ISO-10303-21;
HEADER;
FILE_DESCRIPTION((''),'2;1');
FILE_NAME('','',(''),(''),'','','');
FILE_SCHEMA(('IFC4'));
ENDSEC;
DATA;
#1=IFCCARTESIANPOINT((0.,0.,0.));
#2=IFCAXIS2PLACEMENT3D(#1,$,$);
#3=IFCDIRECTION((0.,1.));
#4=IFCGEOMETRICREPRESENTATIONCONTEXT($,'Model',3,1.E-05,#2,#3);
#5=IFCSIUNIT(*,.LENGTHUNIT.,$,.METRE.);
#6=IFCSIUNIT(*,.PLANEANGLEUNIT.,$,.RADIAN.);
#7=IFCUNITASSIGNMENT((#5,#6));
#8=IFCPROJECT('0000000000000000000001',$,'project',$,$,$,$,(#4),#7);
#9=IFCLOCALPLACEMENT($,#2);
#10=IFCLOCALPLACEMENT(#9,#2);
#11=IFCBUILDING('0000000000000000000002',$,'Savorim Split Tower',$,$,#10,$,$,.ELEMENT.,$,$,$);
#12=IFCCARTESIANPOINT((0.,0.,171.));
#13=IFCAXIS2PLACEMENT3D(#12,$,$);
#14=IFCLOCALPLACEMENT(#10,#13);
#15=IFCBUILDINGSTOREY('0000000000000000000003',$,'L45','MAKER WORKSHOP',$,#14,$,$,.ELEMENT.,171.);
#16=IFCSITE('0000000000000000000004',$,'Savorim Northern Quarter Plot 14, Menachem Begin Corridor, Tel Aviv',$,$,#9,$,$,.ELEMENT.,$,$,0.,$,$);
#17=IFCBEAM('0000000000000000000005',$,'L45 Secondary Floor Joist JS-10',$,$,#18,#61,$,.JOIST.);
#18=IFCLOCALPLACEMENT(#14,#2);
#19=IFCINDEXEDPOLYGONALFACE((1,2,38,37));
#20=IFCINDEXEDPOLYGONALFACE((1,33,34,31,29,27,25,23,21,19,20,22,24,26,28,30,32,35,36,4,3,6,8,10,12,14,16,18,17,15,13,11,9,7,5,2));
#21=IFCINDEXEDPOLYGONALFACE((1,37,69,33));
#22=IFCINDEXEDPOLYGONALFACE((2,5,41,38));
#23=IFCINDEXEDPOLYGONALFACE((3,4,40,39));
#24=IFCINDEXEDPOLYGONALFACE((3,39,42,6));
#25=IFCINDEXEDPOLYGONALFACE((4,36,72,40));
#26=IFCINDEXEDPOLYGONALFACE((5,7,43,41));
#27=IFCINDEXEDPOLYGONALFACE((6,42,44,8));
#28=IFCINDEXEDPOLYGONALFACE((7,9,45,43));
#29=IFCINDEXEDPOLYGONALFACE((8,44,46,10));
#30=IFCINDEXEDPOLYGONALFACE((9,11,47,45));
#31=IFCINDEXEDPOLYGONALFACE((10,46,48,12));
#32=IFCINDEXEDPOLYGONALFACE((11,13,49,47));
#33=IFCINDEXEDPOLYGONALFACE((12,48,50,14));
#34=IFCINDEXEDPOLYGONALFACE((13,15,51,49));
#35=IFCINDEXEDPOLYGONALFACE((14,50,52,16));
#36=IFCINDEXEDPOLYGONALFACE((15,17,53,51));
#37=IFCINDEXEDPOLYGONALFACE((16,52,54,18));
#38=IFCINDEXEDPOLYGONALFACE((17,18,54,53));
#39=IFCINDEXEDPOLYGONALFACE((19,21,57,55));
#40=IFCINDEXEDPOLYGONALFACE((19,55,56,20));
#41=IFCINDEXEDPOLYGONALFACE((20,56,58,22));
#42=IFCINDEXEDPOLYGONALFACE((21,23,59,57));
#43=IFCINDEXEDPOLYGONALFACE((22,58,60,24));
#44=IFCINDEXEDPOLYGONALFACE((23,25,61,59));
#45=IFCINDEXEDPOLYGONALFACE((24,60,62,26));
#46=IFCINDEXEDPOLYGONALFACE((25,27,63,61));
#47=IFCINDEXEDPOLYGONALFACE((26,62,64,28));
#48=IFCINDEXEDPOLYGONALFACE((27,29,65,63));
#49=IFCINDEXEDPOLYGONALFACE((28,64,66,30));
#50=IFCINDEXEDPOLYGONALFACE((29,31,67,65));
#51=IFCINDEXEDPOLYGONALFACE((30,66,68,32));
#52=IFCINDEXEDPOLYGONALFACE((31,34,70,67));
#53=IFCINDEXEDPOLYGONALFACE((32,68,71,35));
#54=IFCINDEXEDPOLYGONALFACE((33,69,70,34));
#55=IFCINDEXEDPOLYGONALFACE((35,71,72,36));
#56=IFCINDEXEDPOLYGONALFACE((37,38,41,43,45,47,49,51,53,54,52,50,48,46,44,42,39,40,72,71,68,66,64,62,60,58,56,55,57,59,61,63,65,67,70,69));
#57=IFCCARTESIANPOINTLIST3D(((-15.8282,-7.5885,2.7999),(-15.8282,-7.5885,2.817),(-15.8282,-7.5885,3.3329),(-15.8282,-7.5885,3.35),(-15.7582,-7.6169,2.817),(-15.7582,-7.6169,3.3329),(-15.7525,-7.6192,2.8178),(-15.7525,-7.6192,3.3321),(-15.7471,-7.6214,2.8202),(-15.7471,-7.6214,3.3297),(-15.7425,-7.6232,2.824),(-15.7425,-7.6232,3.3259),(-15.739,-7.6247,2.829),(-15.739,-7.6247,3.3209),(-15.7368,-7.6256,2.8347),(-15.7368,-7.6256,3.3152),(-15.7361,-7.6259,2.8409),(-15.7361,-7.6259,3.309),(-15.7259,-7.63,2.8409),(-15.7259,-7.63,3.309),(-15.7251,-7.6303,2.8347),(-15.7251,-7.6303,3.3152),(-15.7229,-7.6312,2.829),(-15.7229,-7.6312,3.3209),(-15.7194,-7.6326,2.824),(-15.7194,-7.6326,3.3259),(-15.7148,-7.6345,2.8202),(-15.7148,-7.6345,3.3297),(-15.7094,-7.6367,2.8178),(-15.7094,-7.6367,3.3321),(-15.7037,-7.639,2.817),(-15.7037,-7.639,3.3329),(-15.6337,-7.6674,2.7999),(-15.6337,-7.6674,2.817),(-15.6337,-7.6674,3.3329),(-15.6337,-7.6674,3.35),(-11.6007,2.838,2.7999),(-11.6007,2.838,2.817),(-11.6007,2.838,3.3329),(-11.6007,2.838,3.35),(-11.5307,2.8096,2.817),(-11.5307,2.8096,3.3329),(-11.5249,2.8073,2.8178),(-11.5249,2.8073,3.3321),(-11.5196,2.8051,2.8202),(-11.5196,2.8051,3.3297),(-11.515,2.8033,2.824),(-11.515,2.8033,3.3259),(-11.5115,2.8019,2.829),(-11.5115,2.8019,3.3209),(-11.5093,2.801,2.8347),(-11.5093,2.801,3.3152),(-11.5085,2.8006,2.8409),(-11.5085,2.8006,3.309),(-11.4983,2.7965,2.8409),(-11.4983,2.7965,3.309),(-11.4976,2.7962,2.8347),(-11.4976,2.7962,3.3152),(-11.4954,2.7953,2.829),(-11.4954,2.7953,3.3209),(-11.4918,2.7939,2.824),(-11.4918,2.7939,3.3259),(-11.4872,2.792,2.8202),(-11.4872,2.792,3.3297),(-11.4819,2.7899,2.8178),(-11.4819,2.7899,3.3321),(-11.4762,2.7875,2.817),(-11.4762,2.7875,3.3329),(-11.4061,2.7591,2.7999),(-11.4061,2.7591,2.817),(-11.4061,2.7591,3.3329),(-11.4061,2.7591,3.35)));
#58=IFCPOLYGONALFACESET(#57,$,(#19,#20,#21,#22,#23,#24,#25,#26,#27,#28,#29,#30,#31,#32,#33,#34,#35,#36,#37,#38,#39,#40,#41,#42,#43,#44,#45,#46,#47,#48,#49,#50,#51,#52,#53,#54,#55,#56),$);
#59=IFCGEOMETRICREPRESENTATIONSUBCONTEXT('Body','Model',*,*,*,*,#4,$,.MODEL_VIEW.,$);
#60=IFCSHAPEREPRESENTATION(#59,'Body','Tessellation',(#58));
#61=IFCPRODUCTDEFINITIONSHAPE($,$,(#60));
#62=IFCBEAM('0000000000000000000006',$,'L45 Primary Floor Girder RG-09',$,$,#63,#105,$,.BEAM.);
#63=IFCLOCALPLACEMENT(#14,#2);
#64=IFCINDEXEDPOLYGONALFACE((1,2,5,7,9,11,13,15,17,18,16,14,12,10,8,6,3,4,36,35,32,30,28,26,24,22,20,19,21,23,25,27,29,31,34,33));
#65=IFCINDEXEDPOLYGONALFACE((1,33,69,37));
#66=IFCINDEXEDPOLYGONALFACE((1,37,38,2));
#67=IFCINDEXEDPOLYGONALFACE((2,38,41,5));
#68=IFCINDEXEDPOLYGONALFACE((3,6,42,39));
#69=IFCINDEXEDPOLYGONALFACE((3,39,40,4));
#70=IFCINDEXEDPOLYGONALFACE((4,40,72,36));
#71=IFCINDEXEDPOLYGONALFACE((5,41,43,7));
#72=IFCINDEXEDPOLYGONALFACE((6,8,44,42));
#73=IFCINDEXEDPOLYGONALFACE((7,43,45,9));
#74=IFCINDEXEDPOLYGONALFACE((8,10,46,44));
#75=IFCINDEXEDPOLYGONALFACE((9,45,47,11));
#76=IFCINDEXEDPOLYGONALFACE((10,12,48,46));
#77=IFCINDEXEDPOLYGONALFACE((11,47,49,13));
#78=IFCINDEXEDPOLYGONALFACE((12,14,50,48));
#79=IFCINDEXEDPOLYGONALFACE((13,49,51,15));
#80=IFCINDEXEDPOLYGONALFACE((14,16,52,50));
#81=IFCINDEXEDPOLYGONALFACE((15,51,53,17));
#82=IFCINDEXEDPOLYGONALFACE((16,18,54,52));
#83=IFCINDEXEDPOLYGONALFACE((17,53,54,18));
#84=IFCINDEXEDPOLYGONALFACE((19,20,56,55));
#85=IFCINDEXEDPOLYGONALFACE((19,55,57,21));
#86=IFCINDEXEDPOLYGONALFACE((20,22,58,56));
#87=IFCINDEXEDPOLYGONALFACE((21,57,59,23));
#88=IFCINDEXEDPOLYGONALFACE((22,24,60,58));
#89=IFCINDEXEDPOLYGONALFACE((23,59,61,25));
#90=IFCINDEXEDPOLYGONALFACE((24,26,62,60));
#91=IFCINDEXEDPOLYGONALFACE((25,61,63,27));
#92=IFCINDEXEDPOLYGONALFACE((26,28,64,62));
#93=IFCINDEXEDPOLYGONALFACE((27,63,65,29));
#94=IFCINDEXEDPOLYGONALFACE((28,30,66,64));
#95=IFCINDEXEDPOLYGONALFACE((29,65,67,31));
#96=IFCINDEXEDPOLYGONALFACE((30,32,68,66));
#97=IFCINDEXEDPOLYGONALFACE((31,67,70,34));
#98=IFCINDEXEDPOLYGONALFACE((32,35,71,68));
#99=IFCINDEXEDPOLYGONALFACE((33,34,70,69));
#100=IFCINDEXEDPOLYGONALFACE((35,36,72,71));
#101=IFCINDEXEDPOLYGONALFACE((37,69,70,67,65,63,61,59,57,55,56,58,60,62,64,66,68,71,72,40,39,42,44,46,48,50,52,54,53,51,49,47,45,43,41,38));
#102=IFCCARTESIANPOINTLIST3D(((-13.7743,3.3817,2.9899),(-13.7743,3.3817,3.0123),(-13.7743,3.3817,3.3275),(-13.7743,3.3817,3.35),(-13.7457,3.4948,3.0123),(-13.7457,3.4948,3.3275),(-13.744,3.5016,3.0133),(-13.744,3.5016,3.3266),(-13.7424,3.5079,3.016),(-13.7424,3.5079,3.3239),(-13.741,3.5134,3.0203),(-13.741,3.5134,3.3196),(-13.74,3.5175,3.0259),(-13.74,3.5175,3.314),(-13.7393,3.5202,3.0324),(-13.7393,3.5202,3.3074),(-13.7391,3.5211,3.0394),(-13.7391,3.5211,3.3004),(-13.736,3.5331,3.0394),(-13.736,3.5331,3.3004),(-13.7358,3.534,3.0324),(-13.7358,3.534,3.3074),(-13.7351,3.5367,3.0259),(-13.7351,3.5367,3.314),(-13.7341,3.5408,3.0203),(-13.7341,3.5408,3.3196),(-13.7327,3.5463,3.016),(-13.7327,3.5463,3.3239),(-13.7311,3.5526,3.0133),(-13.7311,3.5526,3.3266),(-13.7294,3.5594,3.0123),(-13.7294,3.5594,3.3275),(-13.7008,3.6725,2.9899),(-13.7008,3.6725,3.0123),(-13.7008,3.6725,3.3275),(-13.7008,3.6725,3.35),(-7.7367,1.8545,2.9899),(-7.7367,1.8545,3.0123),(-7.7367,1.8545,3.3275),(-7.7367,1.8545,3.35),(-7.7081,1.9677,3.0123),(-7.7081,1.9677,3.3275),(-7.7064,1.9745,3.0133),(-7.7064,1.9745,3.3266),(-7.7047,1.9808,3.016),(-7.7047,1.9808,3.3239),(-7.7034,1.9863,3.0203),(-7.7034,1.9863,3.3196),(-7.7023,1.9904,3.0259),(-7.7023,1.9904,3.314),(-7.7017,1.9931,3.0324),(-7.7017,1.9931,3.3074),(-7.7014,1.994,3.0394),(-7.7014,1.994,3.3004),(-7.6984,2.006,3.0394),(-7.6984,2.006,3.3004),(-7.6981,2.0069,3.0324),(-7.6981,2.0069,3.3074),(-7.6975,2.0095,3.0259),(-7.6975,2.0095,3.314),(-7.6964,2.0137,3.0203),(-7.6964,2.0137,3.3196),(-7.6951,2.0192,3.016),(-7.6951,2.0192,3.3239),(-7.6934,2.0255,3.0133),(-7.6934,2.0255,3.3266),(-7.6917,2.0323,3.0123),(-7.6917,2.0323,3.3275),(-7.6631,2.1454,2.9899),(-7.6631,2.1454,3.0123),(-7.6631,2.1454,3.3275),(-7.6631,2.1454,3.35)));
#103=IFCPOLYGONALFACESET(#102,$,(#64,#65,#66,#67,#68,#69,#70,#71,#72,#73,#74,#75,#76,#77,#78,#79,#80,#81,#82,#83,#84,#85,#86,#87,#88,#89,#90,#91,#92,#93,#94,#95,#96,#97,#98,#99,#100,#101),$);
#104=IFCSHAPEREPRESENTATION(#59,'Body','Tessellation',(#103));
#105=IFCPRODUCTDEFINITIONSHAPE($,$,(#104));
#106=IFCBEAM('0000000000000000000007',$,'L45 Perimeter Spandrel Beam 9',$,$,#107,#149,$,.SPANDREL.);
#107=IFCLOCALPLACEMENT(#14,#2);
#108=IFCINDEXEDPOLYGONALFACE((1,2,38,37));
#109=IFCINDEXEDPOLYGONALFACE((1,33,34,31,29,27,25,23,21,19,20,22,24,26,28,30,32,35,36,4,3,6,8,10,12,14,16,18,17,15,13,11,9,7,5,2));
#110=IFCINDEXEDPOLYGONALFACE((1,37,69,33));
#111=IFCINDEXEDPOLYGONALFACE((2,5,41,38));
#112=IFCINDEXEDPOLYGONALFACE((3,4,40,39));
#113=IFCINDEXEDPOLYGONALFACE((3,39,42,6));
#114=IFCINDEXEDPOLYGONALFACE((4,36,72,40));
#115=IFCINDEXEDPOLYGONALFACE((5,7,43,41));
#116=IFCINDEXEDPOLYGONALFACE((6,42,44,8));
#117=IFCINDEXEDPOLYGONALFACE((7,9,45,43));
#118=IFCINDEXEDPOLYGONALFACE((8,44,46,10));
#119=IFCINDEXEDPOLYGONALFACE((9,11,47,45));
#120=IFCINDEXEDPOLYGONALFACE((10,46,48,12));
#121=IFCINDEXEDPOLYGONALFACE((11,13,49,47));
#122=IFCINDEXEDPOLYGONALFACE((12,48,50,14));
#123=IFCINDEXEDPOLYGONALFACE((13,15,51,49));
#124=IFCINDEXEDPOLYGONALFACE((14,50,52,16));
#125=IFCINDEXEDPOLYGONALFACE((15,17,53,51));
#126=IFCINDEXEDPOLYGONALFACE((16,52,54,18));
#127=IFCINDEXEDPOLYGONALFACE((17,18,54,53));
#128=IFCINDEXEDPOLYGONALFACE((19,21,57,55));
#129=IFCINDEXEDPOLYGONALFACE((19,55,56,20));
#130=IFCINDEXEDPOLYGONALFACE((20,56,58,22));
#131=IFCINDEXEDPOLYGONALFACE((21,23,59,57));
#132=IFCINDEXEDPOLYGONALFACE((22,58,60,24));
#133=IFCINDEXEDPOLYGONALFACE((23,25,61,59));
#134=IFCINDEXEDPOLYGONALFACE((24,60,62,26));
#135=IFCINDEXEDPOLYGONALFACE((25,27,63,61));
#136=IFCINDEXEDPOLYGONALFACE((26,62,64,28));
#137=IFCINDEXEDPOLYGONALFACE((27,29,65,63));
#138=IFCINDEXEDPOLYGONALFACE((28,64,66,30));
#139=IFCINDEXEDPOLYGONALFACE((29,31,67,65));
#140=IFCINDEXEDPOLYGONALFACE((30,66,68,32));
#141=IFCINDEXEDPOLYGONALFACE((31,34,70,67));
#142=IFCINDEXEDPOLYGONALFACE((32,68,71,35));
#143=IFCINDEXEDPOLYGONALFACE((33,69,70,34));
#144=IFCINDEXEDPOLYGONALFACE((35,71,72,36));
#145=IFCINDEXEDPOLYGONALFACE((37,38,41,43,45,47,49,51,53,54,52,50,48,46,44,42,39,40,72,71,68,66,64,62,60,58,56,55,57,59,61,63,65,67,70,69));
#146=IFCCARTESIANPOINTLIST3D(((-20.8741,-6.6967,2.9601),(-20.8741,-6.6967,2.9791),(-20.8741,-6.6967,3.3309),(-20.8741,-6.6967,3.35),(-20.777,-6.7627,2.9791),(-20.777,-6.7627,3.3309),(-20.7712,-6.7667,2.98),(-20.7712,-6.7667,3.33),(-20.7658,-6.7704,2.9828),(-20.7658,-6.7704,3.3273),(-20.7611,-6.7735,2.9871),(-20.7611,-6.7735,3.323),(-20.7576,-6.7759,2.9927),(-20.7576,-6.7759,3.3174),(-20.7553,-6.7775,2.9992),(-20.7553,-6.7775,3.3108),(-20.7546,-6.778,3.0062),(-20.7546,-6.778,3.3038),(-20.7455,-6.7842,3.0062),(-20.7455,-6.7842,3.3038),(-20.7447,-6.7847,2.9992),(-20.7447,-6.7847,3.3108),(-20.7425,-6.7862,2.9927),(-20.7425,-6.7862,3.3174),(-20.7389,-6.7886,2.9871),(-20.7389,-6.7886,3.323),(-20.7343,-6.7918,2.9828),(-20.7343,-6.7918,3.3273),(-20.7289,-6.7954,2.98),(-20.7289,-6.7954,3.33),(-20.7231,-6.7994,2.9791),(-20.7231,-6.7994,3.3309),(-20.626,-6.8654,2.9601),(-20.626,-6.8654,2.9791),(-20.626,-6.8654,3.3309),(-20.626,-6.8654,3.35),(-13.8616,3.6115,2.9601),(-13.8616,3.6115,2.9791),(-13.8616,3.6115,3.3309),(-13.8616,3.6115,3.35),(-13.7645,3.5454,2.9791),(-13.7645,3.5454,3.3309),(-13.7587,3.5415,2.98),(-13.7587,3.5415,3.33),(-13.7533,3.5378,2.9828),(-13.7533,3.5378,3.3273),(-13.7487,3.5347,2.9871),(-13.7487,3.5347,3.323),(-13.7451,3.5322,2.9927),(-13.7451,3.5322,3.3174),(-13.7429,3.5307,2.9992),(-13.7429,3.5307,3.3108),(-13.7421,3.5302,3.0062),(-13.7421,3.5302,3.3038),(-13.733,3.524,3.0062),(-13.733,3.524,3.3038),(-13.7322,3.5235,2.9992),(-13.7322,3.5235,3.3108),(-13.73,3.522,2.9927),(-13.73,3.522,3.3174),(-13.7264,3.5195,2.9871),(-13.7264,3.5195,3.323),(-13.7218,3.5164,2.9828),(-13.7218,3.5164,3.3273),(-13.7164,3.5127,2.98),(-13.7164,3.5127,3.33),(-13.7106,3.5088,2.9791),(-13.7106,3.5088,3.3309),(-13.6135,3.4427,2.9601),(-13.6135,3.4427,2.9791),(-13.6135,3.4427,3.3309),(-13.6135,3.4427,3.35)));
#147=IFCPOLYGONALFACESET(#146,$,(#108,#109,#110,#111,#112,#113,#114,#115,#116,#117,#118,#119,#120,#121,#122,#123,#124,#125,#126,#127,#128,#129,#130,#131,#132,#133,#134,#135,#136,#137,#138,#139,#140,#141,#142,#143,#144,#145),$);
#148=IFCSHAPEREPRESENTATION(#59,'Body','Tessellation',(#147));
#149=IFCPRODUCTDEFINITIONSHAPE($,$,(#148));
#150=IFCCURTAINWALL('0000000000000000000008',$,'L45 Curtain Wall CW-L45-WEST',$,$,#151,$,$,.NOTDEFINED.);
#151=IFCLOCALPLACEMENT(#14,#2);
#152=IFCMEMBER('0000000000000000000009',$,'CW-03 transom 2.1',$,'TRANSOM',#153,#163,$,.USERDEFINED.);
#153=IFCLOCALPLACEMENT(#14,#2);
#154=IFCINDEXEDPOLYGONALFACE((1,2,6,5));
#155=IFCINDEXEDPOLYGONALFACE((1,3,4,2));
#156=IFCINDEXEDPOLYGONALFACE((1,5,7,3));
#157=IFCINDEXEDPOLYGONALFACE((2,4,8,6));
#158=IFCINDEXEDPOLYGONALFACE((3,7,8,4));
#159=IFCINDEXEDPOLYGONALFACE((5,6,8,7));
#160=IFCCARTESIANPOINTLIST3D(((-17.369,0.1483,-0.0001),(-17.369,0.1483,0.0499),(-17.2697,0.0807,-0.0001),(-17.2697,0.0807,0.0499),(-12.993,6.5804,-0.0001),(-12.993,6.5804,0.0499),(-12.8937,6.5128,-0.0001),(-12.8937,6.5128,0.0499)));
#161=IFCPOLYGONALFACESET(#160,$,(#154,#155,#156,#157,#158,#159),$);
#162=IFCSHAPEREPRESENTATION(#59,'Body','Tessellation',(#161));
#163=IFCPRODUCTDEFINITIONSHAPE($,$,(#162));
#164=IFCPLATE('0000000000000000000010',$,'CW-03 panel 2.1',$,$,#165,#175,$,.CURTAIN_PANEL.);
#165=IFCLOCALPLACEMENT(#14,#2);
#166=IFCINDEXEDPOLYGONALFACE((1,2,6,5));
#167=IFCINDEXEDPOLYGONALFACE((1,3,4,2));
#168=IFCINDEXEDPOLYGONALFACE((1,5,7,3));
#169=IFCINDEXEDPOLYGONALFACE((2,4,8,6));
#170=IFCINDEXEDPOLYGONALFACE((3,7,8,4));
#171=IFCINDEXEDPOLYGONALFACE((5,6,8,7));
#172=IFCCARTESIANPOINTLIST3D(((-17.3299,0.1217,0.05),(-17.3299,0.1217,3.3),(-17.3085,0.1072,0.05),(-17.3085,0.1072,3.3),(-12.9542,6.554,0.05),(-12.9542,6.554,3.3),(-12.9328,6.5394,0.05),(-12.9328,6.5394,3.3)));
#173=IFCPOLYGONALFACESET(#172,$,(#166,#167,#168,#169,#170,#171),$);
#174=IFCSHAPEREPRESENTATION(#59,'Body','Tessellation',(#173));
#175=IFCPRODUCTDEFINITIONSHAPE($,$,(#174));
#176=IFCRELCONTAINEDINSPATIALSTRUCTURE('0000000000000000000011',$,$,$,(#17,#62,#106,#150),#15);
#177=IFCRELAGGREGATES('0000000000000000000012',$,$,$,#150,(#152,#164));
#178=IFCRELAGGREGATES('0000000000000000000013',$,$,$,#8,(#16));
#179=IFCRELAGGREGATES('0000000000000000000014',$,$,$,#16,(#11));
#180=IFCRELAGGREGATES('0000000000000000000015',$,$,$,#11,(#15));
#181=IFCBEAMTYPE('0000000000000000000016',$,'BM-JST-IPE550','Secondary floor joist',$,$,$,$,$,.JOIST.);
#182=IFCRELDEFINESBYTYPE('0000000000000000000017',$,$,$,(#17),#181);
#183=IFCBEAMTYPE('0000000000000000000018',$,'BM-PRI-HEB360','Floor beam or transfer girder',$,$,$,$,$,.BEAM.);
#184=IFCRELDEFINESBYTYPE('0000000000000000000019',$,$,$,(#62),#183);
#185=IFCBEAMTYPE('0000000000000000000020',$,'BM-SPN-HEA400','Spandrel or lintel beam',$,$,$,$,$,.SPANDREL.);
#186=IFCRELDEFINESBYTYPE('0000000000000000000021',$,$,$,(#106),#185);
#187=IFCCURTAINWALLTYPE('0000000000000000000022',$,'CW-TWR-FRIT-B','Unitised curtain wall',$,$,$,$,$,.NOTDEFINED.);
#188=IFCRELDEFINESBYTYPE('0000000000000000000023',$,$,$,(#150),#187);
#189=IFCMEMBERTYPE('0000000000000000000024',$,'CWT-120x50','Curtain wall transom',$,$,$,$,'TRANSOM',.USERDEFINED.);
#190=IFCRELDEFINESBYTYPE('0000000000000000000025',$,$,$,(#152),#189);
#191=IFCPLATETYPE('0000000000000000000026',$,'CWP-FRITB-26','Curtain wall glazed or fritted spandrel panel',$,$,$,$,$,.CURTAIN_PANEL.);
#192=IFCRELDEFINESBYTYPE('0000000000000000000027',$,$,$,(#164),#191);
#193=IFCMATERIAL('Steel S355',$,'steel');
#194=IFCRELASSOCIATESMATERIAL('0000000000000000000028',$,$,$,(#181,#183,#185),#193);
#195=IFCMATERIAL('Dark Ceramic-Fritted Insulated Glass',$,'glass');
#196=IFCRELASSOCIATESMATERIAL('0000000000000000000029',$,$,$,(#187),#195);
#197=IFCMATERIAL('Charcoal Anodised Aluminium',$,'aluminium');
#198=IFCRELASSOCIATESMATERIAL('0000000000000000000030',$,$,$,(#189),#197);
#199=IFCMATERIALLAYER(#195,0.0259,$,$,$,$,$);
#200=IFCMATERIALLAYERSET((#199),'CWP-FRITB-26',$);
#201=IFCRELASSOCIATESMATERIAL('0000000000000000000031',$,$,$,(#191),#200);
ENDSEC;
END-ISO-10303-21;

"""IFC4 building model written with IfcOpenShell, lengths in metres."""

from ifc_helpers import new_model, si_unit, direction, frame, origin, origin_2d, place, context, subcontext, project, spatial, rectangle, i_section, extrude, material, layer, layer_set, material_profile, profile_set, type_object, element, aggregate, save


model = new_model("IFC4")

# Units and contexts
model_context = context("Model", 3, precision=1e-05, world=origin(), true_north=direction((0.0, 1.0)))
body_context = subcontext(model_context, "Body", "Model", "MODEL_VIEW")
ifc_project = project(units=[si_unit("LENGTHUNIT", "METRE"), si_unit("PLANEANGLEUNIT", "RADIAN")], contexts=[model_context])

# Site, building, storey
site_placement = place(None, origin())
site = spatial("IfcSite", under=ifc_project, at=site_placement, Name="Savorim Northern Quarter Plot 14, Menachem Begin Corridor, Tel Aviv", CompositionType="ELEMENT", RefElevation=0.0)
building_placement = place(site_placement, origin())
building = spatial("IfcBuilding", under=site, at=building_placement, Name="Savorim Split Tower", CompositionType="ELEMENT")
storey_placement = place(building_placement, frame((0.0, 0.0, 171.0)))
storey = spatial("IfcBuildingStorey", under=building, at=storey_placement, Name="L45", Description="MAKER WORKSHOP", CompositionType="ELEMENT", Elevation=171.0)

# Beams
ifc_material_1 = material(Name="Steel S355", Category="steel")
ifc_material_profile_1 = material_profile(ifc_material_1, i_section(OverallWidth=0.21, OverallDepth=0.55, WebThickness=0.011, FlangeThickness=0.0171, FilletRadius=0.0239, at=origin_2d()), Name="IPE 550")
ifc_profile_set_1 = profile_set([ifc_material_profile_1], Name="Steel S355")
beam_type_1 = type_object("IfcBeamType", Name="BM-JST-IPE550", Description="Secondary floor joist", PredefinedType="JOIST", material=ifc_profile_set_1)
beam_1_placement = place(storey_placement, frame((-11.5034, 2.7986, 3.075), z_axis=(-0.375749, -0.926722, 0.0), x_axis=(0.926722, -0.375749, 0.0)))
element("IfcBeam", 1, at=beam_1_placement, inside=storey, type_object=beam_type_1, Name="L45 Secondary Floor Joist JS-10", PredefinedType="JOIST", context=body_context, shape_type="SweptSolid", body=[
    extrude(i_section(OverallWidth=0.21, OverallDepth=0.55, WebThickness=0.011, FlangeThickness=0.0171, FilletRadius=0.0239, at=origin_2d()), origin(), (0.0, 0.0, 1.0), 11.251),
])
ifc_material_profile_2 = material_profile(ifc_material_1, i_section(OverallWidth=0.3, OverallDepth=0.3601, WebThickness=0.0125, FlangeThickness=0.0225, FilletRadius=0.0271, at=origin_2d()), Name="HEB 360")
ifc_profile_set_2 = profile_set([ifc_material_profile_2], Name="Steel S355")
beam_type_2 = type_object("IfcBeamType", Name="BM-PRI-HEB360", Description="Floor beam or transfer girder", PredefinedType="BEAM", material=ifc_profile_set_2)
beam_2_placement = place(storey_placement, frame((-13.7375, 3.5271, 3.1699), z_axis=(0.96947, -0.24521, 0.0), x_axis=(0.24521, 0.96947, 0.0)))
element("IfcBeam", 2, at=beam_2_placement, inside=storey, type_object=beam_type_2, Name="L45 Primary Floor Girder RG-09", PredefinedType="BEAM", context=body_context, shape_type="SweptSolid", body=[
    extrude(i_section(OverallWidth=0.3, OverallDepth=0.3601, WebThickness=0.0125, FlangeThickness=0.0225, FilletRadius=0.0271, at=origin_2d()), origin(), (0.0, 0.0, 1.0), 6.2278),
])
ifc_material_profile_3 = material_profile(ifc_material_1, i_section(OverallWidth=0.3, OverallDepth=0.3899, WebThickness=0.011, FlangeThickness=0.019, FilletRadius=0.0271, at=origin_2d()), Name="HEA 400")
ifc_profile_set_3 = profile_set([ifc_material_profile_3], Name="Steel S355")
beam_type_3 = type_object("IfcBeamType", Name="BM-SPN-HEA400", Description="Spandrel or lintel beam", PredefinedType="SPANDREL", material=ifc_profile_set_3)
beam_3_placement = place(storey_placement, frame((-13.7375, 3.5271, 3.155), z_axis=(-0.562471, -0.826817, 0.0), x_axis=(0.826817, -0.562471, 0.0)))
element("IfcBeam", 3, at=beam_3_placement, inside=storey, type_object=beam_type_3, Name="L45 Perimeter Spandrel Beam 9", PredefinedType="SPANDREL", context=body_context, shape_type="SweptSolid", body=[
    extrude(i_section(OverallWidth=0.3, OverallDepth=0.3899, WebThickness=0.011, FlangeThickness=0.019, FilletRadius=0.0271, at=origin_2d()), origin(), (0.0, 0.0, 1.0), 12.4673),
])

# Curtain wall, member, plate
ifc_material_2 = material(Name="Dark Ceramic-Fritted Insulated Glass", Category="glass")
curtain_wall_type = type_object("IfcCurtainWallType", Name="CW-TWR-FRIT-B", Description="Unitised curtain wall", PredefinedType="NOTDEFINED", material=ifc_material_2)
curtain_wall_placement = place(storey_placement, origin())
curtain_wall = element("IfcCurtainWall", 4, at=curtain_wall_placement, inside=storey, type_object=curtain_wall_type, Name="L45 Curtain Wall CW-L45-WEST", PredefinedType="NOTDEFINED")
ifc_material_3 = material(Name="Charcoal Anodised Aluminium", Category="aluminium")
ifc_material_profile_4 = material_profile(ifc_material_3, rectangle(XDim=0.1201, YDim=0.05, at=origin_2d()), Name="ALU-T 120x50")
ifc_profile_set_4 = profile_set([ifc_material_profile_4], Name="Charcoal Anodised Aluminium")
member_type = type_object("IfcMemberType", Name="CWT-120x50", Description="Curtain wall transom", ElementType="TRANSOM", PredefinedType="USERDEFINED", material=ifc_profile_set_4)
member_placement = place(storey_placement, frame((-12.9434, 6.5466, 0.0249), z_axis=(-0.562497, -0.826799, 0.0), x_axis=(0.826799, -0.562497, 0.0)))
member = element("IfcMember", 5, at=member_placement, type_object=member_type, Name="CW-03 transom 2.1", ObjectType="TRANSOM", PredefinedType="USERDEFINED", context=body_context, shape_type="SweptSolid", body=[
    extrude(rectangle(XDim=0.1201, YDim=0.05, at=origin_2d()), origin(), (0.0, 0.0, 1.0), 7.7795),
])
ifc_layer_1 = layer(ifc_material_2, 0.0259)
ifc_layer_set_1 = layer_set([ifc_layer_1], Name="CWP-FRITB-26")
plate_type = type_object("IfcPlateType", Name="CWP-FRITB-26", Description="Curtain wall glazed or fritted spandrel panel", PredefinedType="CURTAIN_PANEL", material=ifc_layer_set_1)
plate_placement = place(storey_placement, frame((-15.1313, 3.3306, 0.05), z_axis=(0.0, 0.0, 1.0), x_axis=(-0.562468, -0.826819, 0.0)))
plate = element("IfcPlate", 6, at=plate_placement, type_object=plate_type, Name="CW-03 panel 2.1", PredefinedType="CURTAIN_PANEL", context=body_context, shape_type="SweptSolid", body=[
    extrude(rectangle(XDim=7.7795, YDim=0.0259, at=origin_2d()), origin(), (0.0, 0.0, 1.0), 3.25),
])
aggregate(curtain_wall, [member, plate])

save(model, "model.ifc")
